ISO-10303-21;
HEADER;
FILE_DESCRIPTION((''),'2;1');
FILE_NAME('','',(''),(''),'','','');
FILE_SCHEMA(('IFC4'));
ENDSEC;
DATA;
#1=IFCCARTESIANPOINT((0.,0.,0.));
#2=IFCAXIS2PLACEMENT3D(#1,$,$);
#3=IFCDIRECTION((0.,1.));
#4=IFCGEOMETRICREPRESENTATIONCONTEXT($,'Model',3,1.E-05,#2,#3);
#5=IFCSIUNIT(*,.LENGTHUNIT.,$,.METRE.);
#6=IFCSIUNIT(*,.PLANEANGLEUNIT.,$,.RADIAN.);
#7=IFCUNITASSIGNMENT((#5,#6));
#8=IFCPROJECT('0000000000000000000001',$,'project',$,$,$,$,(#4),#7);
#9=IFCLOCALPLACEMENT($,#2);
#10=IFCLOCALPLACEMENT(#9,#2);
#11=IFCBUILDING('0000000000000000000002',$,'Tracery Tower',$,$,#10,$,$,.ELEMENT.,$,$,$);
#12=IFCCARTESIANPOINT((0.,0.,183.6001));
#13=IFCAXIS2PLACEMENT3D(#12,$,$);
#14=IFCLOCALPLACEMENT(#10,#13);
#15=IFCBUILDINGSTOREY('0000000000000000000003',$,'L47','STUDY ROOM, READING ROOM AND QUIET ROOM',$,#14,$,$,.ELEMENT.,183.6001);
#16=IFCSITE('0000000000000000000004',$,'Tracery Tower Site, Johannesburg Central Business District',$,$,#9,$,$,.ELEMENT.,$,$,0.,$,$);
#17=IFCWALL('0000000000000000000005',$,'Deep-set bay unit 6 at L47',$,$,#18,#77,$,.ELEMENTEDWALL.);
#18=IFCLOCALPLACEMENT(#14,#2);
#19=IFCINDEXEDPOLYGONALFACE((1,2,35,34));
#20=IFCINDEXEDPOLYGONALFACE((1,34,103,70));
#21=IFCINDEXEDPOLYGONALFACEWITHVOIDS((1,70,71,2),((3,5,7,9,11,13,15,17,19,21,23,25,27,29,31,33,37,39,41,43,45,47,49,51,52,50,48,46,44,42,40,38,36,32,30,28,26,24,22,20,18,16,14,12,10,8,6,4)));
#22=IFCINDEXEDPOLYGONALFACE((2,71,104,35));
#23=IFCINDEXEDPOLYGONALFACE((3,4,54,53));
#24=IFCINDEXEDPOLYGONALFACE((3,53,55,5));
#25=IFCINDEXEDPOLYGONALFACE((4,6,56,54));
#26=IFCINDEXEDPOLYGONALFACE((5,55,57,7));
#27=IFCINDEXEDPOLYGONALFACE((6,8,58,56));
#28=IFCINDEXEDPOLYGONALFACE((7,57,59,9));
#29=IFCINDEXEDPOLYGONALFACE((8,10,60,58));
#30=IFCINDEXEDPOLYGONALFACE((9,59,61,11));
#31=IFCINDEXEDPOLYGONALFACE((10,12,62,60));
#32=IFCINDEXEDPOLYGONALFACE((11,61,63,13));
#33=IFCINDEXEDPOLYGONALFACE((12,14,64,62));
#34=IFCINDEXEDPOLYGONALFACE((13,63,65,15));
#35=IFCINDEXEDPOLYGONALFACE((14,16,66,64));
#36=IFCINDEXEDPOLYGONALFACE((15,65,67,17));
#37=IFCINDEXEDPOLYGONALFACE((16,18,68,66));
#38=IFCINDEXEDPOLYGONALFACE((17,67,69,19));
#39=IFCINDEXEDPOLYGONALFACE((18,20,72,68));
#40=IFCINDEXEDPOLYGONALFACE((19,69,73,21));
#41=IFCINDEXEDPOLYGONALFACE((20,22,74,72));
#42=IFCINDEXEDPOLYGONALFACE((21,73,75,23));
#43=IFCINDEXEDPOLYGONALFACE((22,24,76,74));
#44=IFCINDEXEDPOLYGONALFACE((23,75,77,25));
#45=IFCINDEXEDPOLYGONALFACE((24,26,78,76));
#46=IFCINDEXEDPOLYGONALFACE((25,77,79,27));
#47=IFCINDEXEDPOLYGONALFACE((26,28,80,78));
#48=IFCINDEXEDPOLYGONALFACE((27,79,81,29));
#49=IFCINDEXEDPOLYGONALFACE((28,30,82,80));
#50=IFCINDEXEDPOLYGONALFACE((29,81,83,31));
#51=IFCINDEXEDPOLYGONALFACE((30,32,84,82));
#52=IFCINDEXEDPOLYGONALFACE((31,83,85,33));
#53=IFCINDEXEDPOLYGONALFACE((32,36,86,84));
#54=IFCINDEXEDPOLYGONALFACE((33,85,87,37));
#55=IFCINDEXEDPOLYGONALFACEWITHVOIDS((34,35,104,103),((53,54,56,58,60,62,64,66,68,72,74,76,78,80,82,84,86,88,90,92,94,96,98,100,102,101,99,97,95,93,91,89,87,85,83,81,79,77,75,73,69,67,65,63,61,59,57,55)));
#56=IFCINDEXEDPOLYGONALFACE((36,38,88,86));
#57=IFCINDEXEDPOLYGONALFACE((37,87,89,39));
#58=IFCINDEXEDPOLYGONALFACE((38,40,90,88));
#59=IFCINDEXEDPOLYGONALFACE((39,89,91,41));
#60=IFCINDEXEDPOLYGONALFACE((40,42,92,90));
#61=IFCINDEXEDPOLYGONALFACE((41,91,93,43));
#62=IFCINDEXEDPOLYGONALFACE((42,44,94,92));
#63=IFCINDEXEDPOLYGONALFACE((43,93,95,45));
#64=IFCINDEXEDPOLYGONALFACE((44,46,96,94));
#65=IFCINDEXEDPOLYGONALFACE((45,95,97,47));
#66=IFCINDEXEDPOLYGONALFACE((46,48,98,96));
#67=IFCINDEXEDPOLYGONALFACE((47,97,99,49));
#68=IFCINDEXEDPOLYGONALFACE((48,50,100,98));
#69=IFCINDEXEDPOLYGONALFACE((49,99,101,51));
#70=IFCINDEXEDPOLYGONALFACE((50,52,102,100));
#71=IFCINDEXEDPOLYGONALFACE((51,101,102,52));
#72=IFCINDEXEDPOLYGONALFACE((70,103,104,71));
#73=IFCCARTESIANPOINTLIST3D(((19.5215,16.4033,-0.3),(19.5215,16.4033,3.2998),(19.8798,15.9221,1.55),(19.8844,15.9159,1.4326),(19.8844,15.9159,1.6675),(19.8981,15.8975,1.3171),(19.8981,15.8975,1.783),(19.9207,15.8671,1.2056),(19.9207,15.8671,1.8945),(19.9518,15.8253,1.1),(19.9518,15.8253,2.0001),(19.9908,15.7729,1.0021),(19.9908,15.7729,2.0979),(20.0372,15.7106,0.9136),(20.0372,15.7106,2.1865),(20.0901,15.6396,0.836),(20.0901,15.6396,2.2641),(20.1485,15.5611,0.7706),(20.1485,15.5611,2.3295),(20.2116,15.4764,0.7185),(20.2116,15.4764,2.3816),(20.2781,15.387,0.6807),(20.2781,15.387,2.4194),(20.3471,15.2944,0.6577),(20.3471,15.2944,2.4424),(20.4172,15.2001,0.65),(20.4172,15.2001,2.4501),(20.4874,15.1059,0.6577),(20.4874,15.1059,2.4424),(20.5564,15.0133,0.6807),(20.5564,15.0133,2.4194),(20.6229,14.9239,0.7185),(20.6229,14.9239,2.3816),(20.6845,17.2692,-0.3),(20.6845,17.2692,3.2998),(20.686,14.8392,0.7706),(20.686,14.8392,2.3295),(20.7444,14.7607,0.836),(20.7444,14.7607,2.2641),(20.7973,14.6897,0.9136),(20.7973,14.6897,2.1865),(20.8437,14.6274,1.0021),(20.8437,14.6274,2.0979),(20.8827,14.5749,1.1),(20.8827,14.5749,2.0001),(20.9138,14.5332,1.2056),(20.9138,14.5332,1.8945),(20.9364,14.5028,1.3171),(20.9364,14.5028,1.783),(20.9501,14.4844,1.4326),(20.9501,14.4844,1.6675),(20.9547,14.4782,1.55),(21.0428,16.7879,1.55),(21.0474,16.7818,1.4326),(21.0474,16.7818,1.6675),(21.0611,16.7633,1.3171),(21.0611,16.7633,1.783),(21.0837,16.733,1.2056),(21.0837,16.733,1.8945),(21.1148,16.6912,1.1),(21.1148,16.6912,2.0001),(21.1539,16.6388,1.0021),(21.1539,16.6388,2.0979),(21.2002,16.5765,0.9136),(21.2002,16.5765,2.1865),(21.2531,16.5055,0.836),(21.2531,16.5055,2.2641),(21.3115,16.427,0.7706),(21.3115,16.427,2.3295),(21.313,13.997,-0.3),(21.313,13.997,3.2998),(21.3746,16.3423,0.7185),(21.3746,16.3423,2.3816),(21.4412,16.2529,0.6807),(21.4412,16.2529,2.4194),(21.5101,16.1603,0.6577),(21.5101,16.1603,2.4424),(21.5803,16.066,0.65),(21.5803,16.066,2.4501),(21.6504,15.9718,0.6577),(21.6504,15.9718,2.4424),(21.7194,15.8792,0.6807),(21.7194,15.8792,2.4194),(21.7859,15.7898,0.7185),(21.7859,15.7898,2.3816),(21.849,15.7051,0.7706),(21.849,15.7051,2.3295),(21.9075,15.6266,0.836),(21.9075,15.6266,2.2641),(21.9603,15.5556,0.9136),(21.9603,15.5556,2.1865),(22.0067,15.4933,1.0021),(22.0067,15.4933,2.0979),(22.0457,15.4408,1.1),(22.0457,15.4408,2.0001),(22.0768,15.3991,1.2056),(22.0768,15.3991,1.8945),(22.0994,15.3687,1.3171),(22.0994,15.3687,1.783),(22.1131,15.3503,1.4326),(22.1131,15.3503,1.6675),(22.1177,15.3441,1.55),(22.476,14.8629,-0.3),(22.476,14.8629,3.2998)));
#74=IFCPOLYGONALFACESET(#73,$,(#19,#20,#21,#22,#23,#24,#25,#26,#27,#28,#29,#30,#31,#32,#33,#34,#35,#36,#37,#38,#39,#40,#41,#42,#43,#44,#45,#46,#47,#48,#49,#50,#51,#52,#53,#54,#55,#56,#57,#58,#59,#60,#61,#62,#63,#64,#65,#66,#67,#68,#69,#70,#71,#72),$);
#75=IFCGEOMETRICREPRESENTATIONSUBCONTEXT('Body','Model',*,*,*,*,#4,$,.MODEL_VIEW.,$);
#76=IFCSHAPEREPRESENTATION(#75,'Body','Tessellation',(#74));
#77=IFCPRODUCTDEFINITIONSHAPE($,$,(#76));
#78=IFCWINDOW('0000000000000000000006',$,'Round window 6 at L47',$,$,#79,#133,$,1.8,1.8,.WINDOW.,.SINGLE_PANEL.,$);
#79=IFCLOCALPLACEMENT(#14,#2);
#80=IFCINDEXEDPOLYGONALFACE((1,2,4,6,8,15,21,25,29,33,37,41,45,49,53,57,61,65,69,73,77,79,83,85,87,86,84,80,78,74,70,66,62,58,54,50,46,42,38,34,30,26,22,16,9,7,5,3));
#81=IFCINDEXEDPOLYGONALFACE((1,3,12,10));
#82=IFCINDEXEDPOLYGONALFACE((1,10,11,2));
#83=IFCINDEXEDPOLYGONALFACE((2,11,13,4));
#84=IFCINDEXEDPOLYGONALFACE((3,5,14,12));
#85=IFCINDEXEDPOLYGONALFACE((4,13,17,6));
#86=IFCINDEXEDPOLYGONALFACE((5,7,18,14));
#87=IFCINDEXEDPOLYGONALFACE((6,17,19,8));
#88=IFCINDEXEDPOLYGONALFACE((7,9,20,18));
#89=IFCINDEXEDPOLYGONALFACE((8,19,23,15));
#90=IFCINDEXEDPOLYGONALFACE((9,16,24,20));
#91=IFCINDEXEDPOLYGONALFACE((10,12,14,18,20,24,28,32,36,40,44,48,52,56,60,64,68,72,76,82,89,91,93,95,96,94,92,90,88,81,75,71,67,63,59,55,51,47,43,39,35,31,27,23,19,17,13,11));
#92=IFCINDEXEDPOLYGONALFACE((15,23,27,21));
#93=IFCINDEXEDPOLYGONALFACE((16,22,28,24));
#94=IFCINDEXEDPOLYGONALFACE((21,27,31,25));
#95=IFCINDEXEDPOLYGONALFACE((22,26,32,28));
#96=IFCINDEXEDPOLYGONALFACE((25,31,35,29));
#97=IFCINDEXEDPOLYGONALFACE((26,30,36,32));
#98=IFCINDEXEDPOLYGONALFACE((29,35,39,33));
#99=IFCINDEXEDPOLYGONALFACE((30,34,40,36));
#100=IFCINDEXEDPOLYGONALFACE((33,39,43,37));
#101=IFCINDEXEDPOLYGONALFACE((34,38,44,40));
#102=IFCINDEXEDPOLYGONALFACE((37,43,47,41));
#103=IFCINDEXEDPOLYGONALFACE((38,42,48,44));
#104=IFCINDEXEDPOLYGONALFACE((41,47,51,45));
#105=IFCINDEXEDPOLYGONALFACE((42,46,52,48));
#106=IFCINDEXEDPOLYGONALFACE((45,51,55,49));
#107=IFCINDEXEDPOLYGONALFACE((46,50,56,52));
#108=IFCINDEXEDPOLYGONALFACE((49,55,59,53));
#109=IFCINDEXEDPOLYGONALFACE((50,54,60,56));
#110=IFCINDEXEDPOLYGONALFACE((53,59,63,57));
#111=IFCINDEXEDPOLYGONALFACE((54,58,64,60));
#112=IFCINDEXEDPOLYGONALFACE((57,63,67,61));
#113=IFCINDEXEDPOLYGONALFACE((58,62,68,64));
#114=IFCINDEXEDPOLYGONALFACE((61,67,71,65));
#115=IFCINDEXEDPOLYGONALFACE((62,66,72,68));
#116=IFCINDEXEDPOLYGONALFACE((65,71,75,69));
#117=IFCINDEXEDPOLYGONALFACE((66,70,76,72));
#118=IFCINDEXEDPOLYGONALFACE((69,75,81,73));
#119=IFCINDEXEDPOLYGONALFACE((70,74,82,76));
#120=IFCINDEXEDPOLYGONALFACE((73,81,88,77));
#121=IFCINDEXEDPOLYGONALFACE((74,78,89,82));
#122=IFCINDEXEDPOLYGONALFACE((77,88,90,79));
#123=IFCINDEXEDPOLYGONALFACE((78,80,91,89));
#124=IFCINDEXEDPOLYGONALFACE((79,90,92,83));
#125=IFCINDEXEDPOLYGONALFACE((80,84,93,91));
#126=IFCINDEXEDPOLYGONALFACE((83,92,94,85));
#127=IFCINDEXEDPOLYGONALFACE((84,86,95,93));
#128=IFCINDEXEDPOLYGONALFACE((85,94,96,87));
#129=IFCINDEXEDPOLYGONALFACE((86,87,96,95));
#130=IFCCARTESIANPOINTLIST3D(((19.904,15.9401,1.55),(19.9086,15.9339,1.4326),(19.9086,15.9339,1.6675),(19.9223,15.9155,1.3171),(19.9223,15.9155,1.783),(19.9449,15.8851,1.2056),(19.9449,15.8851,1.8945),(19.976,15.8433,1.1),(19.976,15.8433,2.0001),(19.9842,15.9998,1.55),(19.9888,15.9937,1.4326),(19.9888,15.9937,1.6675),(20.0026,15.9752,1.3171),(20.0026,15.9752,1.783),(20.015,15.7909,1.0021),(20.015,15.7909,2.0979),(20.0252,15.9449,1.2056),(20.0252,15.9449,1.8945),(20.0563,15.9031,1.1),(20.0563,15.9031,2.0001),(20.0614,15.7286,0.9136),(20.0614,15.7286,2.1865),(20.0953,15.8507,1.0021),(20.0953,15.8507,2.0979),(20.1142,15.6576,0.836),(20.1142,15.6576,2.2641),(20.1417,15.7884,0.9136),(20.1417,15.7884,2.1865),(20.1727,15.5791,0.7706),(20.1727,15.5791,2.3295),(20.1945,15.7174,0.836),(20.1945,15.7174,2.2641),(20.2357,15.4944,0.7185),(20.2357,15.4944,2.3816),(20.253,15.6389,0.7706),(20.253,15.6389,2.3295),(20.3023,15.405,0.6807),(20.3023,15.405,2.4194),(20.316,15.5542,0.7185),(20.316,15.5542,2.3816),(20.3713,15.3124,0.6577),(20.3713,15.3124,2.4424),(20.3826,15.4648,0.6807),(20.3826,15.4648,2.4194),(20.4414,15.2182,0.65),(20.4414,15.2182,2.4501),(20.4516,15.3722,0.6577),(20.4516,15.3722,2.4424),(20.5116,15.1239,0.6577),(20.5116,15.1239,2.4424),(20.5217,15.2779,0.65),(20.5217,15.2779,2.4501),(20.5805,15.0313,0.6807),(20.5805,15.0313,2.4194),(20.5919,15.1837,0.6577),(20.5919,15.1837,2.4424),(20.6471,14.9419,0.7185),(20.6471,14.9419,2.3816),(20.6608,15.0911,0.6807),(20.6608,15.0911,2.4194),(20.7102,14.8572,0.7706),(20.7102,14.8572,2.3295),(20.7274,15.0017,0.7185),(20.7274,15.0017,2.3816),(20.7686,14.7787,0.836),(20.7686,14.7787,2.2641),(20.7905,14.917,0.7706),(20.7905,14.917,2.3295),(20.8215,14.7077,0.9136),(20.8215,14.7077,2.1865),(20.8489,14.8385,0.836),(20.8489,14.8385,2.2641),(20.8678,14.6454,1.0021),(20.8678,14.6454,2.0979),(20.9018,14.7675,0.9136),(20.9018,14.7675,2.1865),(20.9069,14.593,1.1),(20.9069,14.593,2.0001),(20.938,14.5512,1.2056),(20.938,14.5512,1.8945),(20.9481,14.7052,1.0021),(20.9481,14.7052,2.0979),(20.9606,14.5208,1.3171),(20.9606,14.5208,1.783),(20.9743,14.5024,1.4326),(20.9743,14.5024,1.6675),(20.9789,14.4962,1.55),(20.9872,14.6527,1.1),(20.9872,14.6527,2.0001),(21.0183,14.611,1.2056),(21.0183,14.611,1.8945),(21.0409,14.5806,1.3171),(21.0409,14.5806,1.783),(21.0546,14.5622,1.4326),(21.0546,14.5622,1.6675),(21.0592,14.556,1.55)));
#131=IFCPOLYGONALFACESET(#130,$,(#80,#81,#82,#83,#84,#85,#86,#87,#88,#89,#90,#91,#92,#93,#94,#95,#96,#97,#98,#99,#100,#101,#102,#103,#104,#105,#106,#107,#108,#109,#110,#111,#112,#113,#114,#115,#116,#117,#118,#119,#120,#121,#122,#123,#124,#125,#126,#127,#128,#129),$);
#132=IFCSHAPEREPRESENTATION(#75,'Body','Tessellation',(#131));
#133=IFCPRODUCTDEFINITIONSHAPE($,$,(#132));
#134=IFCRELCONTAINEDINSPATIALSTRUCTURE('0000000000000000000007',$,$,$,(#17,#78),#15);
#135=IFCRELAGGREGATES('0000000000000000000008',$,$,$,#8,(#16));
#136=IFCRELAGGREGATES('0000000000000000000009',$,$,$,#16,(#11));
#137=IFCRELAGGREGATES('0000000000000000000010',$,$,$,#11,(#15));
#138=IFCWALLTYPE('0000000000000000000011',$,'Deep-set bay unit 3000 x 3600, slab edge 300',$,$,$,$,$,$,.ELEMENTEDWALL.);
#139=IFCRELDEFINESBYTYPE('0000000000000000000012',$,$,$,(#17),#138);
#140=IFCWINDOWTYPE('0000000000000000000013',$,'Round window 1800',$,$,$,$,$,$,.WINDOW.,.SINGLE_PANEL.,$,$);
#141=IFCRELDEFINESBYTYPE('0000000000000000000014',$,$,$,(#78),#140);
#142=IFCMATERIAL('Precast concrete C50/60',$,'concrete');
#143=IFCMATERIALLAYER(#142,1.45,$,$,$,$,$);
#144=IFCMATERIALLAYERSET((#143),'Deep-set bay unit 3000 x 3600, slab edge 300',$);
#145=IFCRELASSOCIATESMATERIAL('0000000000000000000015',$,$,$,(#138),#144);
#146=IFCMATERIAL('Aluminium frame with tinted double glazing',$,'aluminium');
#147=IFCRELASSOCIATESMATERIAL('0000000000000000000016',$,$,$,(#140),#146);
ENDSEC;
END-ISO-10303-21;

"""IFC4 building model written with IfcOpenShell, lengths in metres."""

from ifc_helpers import new_model, si_unit, direction, frame, frame_2d, origin, origin_2d, place, context, subcontext, project, spatial, rectangle, circle, extrude, material, layer, layer_set, type_object, element, fill, save


model = new_model("IFC4")

# Units and contexts
model_context = context("Model", 3, precision=1e-05, world=origin(), true_north=direction((0.0, 1.0)))
body_context = subcontext(model_context, "Body", "Model", "MODEL_VIEW")
ifc_project = project(units=[si_unit("LENGTHUNIT", "METRE"), si_unit("PLANEANGLEUNIT", "RADIAN")], contexts=[model_context])

# Site, building, storey
site_placement = place(None, origin())
site = spatial("IfcSite", under=ifc_project, at=site_placement, Name="Tracery Tower Site, Johannesburg Central Business District", CompositionType="ELEMENT", RefElevation=0.0)
building_placement = place(site_placement, origin())
building = spatial("IfcBuilding", under=site, at=building_placement, Name="Tracery Tower", CompositionType="ELEMENT")
storey_placement = place(building_placement, frame((0.0, 0.0, 183.6001)))
storey = spatial("IfcBuildingStorey", under=building, at=storey_placement, Name="L47", Description="STUDY ROOM, READING ROOM AND QUIET ROOM", CompositionType="ELEMENT", Elevation=183.6001)

# Wall, opening, window
ifc_material_1 = material(Name="Precast concrete C50/60", Category="concrete")
ifc_layer_1 = layer(ifc_material_1, 1.45)
ifc_layer_set_1 = layer_set([ifc_layer_1], Name="Deep-set bay unit 3000 x 3600, slab edge 300")
wall_type_1 = type_object("IfcWallType", Name="Deep-set bay unit 3000 x 3600, slab edge 300", PredefinedType="ELEMENTEDWALL", material=ifc_layer_set_1)
wall_1_placement = place(storey_placement, frame((21.8945, 14.4299, -0.3), z_axis=(0.0, 0.0, 1.0), x_axis=(-0.597184, 0.802104, 0.0)))
wall_1 = element("IfcWall", 1, at=wall_1_placement, inside=storey, type_object=wall_type_1, Name="Deep-set bay unit 6 at L47", PredefinedType="ELEMENTEDWALL", context=body_context, shape_type="SweptSolid", body=[
    extrude(rectangle(XDim=3.0, YDim=1.45, at=frame_2d((1.5, 0.0))), origin(), (0.0, 0.0, 1.0), 3.5999),
])
opening_1_placement = place(wall_1_placement, frame((1.5, 0.0, 1.8501)))
opening_1 = element("IfcOpeningElement", 2, at=opening_1_placement, cuts=wall_1, PredefinedType="OPENING", context=body_context, shape_type="SweptSolid", body=[
    extrude(circle(Radius=0.9, at=origin_2d()), frame((0.0, 0.7349, 0.0), z_axis=(0.0, -1.0, 0.0), x_axis=(1.0, 0.0, 0.0)), (0.0, 0.0, 1.0), 1.47),
])
ifc_material_2 = material(Name="Aluminium frame with tinted double glazing", Category="aluminium")
window_type = type_object("IfcWindowType", Name="Round window 1800", PartitioningType="SINGLE_PANEL", PredefinedType="WINDOW", material=ifc_material_2)
window_1_placement = place(opening_1_placement, origin())
window_1 = element("IfcWindow", 3, at=window_1_placement, inside=storey, type_object=window_type, Name="Round window 6 at L47", OverallHeight=1.8, OverallWidth=1.8, PartitioningType="SINGLE_PANEL", PredefinedType="WINDOW", context=body_context, shape_type="SweptSolid", body=[
    extrude(circle(Radius=0.9, at=origin_2d()), frame((0.0, 0.6948, 0.0), z_axis=(0.0, -1.0, 0.0), x_axis=(1.0, 0.0, 0.0)), (0.0, 0.0, 1.0), 0.1001),
])
fill(opening_1, window_1)

save(model, "model.ifc")
